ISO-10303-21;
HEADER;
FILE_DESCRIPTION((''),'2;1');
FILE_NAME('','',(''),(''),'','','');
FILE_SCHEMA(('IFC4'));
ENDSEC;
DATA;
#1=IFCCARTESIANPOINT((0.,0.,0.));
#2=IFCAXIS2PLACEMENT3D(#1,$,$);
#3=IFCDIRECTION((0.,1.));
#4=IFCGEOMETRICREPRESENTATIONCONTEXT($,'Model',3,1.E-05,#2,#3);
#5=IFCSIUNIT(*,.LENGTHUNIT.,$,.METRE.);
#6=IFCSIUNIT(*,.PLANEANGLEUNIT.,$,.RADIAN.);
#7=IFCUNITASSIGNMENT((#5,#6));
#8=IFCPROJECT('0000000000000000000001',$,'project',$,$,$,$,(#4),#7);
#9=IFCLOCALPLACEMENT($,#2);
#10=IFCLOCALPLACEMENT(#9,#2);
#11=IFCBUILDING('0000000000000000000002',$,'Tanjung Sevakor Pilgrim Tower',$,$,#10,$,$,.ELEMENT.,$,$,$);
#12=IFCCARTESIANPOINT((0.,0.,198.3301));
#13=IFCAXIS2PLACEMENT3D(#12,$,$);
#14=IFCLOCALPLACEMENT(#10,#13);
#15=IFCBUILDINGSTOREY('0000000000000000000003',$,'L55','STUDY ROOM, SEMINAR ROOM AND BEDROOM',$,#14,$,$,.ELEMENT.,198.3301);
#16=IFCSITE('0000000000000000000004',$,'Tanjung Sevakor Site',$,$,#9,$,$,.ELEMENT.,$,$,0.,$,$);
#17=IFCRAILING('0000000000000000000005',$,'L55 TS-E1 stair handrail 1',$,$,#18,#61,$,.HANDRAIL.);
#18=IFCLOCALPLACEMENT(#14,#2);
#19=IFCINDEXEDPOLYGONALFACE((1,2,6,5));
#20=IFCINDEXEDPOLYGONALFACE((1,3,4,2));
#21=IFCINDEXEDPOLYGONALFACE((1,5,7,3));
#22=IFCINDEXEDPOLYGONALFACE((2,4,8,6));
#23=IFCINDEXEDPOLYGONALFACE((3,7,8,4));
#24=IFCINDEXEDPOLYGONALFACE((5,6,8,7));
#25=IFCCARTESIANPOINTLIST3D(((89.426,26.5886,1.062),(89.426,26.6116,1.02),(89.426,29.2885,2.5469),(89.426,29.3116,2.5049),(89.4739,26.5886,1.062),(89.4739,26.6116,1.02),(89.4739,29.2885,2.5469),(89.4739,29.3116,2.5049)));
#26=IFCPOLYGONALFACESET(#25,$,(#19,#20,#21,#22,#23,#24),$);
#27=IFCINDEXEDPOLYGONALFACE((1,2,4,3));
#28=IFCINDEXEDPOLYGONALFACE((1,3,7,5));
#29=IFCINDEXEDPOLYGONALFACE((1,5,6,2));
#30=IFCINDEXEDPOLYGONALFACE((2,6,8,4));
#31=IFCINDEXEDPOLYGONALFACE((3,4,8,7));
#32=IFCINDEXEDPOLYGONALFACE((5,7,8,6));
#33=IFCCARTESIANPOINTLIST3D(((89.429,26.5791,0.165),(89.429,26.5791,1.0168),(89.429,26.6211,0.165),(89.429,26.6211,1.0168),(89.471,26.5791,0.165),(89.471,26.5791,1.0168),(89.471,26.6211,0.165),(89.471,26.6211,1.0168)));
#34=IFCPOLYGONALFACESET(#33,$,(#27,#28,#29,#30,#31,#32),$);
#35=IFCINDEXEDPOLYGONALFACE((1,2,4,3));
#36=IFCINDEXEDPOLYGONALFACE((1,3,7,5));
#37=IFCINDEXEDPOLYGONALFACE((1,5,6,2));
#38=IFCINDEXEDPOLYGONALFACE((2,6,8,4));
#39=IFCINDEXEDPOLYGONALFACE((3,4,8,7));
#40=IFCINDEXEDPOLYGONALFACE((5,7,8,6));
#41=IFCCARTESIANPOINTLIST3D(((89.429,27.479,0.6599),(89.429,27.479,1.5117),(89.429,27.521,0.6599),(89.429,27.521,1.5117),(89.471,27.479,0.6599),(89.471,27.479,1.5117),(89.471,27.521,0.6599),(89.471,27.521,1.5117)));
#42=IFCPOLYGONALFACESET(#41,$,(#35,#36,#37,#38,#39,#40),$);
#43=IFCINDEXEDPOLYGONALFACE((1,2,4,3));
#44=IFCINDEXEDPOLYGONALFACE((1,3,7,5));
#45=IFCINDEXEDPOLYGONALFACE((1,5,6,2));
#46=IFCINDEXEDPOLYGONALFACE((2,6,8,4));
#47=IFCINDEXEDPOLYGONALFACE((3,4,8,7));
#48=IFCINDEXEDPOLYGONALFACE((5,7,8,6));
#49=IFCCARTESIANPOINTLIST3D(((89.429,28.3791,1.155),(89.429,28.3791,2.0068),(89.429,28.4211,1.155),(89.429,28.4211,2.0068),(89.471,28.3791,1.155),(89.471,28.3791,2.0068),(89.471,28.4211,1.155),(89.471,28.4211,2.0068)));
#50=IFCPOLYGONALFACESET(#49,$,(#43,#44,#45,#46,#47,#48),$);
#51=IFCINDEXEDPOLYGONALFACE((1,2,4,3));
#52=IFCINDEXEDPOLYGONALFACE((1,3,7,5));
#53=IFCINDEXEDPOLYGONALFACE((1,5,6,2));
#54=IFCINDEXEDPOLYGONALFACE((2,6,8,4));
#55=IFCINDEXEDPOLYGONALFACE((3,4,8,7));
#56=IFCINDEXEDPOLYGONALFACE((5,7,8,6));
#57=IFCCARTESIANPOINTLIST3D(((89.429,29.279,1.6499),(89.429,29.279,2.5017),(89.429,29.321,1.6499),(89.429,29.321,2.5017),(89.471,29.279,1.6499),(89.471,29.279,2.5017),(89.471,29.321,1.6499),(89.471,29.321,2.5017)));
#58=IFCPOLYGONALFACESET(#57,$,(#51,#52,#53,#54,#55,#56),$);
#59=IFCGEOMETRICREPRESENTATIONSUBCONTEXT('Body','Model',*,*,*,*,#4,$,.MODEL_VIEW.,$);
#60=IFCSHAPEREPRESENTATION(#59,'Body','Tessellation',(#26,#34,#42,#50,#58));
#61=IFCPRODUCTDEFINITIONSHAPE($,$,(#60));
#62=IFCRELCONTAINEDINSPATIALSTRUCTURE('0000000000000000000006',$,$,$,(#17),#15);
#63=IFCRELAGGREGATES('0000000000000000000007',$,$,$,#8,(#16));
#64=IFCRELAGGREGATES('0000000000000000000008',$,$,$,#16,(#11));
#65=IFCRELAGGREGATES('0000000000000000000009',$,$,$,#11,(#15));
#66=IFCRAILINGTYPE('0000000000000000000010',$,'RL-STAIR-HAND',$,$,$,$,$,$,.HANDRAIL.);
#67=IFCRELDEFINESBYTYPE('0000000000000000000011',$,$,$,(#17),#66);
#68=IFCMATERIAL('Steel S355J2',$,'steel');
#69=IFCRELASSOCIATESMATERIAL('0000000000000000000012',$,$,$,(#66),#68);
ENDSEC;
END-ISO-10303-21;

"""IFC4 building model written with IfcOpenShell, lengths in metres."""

from ifc_helpers import new_model, si_unit, direction, frame, origin, place, context, subcontext, project, spatial, rectangle, extrude, material, type_object, element, save


model = new_model("IFC4")

# Units and contexts
model_context = context("Model", 3, precision=1e-05, world=origin(), true_north=direction((0.0, 1.0)))
body_context = subcontext(model_context, "Body", "Model", "MODEL_VIEW")
ifc_project = project(units=[si_unit("LENGTHUNIT", "METRE"), si_unit("PLANEANGLEUNIT", "RADIAN")], contexts=[model_context])

# Site, building, storey
site_placement = place(None, origin())
site = spatial("IfcSite", under=ifc_project, at=site_placement, Name="Tanjung Sevakor Site", CompositionType="ELEMENT", RefElevation=0.0)
building_placement = place(site_placement, origin())
building = spatial("IfcBuilding", under=site, at=building_placement, Name="Tanjung Sevakor Pilgrim Tower", CompositionType="ELEMENT")
storey_placement = place(building_placement, frame((0.0, 0.0, 198.3301)))
storey = spatial("IfcBuildingStorey", under=building, at=storey_placement, Name="L55", Description="STUDY ROOM, SEMINAR ROOM AND BEDROOM", CompositionType="ELEMENT", Elevation=198.3301)

# Railing
ifc_material_1 = material(Name="Steel S355J2", Category="steel")
railing_type_1 = type_object("IfcRailingType", Name="RL-STAIR-HAND", PredefinedType="HANDRAIL", material=ifc_material_1)
railing_1_placement = place(storey_placement, frame((89.45, 26.6001, 0.165)))
element("IfcRailing", 1, at=railing_1_placement, inside=storey, type_object=railing_type_1, Name="L55 TS-E1 stair handrail 1", PredefinedType="HANDRAIL", context=body_context, shape_type="SweptSolid", body=[
    extrude(rectangle(XDim=0.0479, YDim=0.0479), frame((0.0, 0.0, 0.876), z_axis=(0.0, 0.876231, 0.481891), x_axis=(-1.0, 0.0, 0.0)), (0.0, 0.0, 1.0), 3.0813),
    extrude(rectangle(XDim=0.042, YDim=0.042), origin(), (0.0, 0.0, 1.0), 0.8518),
    extrude(rectangle(XDim=0.042, YDim=0.042), frame((0.0, 0.8999, 0.4949)), (0.0, 0.0, 1.0), 0.8518),
    extrude(rectangle(XDim=0.042, YDim=0.042), frame((0.0, 1.8, 0.99)), (0.0, 0.0, 1.0), 0.8518),
    extrude(rectangle(XDim=0.042, YDim=0.042), frame((0.0, 2.7, 1.4849)), (0.0, 0.0, 1.0), 0.8518),
])

save(model, "model.ifc")
